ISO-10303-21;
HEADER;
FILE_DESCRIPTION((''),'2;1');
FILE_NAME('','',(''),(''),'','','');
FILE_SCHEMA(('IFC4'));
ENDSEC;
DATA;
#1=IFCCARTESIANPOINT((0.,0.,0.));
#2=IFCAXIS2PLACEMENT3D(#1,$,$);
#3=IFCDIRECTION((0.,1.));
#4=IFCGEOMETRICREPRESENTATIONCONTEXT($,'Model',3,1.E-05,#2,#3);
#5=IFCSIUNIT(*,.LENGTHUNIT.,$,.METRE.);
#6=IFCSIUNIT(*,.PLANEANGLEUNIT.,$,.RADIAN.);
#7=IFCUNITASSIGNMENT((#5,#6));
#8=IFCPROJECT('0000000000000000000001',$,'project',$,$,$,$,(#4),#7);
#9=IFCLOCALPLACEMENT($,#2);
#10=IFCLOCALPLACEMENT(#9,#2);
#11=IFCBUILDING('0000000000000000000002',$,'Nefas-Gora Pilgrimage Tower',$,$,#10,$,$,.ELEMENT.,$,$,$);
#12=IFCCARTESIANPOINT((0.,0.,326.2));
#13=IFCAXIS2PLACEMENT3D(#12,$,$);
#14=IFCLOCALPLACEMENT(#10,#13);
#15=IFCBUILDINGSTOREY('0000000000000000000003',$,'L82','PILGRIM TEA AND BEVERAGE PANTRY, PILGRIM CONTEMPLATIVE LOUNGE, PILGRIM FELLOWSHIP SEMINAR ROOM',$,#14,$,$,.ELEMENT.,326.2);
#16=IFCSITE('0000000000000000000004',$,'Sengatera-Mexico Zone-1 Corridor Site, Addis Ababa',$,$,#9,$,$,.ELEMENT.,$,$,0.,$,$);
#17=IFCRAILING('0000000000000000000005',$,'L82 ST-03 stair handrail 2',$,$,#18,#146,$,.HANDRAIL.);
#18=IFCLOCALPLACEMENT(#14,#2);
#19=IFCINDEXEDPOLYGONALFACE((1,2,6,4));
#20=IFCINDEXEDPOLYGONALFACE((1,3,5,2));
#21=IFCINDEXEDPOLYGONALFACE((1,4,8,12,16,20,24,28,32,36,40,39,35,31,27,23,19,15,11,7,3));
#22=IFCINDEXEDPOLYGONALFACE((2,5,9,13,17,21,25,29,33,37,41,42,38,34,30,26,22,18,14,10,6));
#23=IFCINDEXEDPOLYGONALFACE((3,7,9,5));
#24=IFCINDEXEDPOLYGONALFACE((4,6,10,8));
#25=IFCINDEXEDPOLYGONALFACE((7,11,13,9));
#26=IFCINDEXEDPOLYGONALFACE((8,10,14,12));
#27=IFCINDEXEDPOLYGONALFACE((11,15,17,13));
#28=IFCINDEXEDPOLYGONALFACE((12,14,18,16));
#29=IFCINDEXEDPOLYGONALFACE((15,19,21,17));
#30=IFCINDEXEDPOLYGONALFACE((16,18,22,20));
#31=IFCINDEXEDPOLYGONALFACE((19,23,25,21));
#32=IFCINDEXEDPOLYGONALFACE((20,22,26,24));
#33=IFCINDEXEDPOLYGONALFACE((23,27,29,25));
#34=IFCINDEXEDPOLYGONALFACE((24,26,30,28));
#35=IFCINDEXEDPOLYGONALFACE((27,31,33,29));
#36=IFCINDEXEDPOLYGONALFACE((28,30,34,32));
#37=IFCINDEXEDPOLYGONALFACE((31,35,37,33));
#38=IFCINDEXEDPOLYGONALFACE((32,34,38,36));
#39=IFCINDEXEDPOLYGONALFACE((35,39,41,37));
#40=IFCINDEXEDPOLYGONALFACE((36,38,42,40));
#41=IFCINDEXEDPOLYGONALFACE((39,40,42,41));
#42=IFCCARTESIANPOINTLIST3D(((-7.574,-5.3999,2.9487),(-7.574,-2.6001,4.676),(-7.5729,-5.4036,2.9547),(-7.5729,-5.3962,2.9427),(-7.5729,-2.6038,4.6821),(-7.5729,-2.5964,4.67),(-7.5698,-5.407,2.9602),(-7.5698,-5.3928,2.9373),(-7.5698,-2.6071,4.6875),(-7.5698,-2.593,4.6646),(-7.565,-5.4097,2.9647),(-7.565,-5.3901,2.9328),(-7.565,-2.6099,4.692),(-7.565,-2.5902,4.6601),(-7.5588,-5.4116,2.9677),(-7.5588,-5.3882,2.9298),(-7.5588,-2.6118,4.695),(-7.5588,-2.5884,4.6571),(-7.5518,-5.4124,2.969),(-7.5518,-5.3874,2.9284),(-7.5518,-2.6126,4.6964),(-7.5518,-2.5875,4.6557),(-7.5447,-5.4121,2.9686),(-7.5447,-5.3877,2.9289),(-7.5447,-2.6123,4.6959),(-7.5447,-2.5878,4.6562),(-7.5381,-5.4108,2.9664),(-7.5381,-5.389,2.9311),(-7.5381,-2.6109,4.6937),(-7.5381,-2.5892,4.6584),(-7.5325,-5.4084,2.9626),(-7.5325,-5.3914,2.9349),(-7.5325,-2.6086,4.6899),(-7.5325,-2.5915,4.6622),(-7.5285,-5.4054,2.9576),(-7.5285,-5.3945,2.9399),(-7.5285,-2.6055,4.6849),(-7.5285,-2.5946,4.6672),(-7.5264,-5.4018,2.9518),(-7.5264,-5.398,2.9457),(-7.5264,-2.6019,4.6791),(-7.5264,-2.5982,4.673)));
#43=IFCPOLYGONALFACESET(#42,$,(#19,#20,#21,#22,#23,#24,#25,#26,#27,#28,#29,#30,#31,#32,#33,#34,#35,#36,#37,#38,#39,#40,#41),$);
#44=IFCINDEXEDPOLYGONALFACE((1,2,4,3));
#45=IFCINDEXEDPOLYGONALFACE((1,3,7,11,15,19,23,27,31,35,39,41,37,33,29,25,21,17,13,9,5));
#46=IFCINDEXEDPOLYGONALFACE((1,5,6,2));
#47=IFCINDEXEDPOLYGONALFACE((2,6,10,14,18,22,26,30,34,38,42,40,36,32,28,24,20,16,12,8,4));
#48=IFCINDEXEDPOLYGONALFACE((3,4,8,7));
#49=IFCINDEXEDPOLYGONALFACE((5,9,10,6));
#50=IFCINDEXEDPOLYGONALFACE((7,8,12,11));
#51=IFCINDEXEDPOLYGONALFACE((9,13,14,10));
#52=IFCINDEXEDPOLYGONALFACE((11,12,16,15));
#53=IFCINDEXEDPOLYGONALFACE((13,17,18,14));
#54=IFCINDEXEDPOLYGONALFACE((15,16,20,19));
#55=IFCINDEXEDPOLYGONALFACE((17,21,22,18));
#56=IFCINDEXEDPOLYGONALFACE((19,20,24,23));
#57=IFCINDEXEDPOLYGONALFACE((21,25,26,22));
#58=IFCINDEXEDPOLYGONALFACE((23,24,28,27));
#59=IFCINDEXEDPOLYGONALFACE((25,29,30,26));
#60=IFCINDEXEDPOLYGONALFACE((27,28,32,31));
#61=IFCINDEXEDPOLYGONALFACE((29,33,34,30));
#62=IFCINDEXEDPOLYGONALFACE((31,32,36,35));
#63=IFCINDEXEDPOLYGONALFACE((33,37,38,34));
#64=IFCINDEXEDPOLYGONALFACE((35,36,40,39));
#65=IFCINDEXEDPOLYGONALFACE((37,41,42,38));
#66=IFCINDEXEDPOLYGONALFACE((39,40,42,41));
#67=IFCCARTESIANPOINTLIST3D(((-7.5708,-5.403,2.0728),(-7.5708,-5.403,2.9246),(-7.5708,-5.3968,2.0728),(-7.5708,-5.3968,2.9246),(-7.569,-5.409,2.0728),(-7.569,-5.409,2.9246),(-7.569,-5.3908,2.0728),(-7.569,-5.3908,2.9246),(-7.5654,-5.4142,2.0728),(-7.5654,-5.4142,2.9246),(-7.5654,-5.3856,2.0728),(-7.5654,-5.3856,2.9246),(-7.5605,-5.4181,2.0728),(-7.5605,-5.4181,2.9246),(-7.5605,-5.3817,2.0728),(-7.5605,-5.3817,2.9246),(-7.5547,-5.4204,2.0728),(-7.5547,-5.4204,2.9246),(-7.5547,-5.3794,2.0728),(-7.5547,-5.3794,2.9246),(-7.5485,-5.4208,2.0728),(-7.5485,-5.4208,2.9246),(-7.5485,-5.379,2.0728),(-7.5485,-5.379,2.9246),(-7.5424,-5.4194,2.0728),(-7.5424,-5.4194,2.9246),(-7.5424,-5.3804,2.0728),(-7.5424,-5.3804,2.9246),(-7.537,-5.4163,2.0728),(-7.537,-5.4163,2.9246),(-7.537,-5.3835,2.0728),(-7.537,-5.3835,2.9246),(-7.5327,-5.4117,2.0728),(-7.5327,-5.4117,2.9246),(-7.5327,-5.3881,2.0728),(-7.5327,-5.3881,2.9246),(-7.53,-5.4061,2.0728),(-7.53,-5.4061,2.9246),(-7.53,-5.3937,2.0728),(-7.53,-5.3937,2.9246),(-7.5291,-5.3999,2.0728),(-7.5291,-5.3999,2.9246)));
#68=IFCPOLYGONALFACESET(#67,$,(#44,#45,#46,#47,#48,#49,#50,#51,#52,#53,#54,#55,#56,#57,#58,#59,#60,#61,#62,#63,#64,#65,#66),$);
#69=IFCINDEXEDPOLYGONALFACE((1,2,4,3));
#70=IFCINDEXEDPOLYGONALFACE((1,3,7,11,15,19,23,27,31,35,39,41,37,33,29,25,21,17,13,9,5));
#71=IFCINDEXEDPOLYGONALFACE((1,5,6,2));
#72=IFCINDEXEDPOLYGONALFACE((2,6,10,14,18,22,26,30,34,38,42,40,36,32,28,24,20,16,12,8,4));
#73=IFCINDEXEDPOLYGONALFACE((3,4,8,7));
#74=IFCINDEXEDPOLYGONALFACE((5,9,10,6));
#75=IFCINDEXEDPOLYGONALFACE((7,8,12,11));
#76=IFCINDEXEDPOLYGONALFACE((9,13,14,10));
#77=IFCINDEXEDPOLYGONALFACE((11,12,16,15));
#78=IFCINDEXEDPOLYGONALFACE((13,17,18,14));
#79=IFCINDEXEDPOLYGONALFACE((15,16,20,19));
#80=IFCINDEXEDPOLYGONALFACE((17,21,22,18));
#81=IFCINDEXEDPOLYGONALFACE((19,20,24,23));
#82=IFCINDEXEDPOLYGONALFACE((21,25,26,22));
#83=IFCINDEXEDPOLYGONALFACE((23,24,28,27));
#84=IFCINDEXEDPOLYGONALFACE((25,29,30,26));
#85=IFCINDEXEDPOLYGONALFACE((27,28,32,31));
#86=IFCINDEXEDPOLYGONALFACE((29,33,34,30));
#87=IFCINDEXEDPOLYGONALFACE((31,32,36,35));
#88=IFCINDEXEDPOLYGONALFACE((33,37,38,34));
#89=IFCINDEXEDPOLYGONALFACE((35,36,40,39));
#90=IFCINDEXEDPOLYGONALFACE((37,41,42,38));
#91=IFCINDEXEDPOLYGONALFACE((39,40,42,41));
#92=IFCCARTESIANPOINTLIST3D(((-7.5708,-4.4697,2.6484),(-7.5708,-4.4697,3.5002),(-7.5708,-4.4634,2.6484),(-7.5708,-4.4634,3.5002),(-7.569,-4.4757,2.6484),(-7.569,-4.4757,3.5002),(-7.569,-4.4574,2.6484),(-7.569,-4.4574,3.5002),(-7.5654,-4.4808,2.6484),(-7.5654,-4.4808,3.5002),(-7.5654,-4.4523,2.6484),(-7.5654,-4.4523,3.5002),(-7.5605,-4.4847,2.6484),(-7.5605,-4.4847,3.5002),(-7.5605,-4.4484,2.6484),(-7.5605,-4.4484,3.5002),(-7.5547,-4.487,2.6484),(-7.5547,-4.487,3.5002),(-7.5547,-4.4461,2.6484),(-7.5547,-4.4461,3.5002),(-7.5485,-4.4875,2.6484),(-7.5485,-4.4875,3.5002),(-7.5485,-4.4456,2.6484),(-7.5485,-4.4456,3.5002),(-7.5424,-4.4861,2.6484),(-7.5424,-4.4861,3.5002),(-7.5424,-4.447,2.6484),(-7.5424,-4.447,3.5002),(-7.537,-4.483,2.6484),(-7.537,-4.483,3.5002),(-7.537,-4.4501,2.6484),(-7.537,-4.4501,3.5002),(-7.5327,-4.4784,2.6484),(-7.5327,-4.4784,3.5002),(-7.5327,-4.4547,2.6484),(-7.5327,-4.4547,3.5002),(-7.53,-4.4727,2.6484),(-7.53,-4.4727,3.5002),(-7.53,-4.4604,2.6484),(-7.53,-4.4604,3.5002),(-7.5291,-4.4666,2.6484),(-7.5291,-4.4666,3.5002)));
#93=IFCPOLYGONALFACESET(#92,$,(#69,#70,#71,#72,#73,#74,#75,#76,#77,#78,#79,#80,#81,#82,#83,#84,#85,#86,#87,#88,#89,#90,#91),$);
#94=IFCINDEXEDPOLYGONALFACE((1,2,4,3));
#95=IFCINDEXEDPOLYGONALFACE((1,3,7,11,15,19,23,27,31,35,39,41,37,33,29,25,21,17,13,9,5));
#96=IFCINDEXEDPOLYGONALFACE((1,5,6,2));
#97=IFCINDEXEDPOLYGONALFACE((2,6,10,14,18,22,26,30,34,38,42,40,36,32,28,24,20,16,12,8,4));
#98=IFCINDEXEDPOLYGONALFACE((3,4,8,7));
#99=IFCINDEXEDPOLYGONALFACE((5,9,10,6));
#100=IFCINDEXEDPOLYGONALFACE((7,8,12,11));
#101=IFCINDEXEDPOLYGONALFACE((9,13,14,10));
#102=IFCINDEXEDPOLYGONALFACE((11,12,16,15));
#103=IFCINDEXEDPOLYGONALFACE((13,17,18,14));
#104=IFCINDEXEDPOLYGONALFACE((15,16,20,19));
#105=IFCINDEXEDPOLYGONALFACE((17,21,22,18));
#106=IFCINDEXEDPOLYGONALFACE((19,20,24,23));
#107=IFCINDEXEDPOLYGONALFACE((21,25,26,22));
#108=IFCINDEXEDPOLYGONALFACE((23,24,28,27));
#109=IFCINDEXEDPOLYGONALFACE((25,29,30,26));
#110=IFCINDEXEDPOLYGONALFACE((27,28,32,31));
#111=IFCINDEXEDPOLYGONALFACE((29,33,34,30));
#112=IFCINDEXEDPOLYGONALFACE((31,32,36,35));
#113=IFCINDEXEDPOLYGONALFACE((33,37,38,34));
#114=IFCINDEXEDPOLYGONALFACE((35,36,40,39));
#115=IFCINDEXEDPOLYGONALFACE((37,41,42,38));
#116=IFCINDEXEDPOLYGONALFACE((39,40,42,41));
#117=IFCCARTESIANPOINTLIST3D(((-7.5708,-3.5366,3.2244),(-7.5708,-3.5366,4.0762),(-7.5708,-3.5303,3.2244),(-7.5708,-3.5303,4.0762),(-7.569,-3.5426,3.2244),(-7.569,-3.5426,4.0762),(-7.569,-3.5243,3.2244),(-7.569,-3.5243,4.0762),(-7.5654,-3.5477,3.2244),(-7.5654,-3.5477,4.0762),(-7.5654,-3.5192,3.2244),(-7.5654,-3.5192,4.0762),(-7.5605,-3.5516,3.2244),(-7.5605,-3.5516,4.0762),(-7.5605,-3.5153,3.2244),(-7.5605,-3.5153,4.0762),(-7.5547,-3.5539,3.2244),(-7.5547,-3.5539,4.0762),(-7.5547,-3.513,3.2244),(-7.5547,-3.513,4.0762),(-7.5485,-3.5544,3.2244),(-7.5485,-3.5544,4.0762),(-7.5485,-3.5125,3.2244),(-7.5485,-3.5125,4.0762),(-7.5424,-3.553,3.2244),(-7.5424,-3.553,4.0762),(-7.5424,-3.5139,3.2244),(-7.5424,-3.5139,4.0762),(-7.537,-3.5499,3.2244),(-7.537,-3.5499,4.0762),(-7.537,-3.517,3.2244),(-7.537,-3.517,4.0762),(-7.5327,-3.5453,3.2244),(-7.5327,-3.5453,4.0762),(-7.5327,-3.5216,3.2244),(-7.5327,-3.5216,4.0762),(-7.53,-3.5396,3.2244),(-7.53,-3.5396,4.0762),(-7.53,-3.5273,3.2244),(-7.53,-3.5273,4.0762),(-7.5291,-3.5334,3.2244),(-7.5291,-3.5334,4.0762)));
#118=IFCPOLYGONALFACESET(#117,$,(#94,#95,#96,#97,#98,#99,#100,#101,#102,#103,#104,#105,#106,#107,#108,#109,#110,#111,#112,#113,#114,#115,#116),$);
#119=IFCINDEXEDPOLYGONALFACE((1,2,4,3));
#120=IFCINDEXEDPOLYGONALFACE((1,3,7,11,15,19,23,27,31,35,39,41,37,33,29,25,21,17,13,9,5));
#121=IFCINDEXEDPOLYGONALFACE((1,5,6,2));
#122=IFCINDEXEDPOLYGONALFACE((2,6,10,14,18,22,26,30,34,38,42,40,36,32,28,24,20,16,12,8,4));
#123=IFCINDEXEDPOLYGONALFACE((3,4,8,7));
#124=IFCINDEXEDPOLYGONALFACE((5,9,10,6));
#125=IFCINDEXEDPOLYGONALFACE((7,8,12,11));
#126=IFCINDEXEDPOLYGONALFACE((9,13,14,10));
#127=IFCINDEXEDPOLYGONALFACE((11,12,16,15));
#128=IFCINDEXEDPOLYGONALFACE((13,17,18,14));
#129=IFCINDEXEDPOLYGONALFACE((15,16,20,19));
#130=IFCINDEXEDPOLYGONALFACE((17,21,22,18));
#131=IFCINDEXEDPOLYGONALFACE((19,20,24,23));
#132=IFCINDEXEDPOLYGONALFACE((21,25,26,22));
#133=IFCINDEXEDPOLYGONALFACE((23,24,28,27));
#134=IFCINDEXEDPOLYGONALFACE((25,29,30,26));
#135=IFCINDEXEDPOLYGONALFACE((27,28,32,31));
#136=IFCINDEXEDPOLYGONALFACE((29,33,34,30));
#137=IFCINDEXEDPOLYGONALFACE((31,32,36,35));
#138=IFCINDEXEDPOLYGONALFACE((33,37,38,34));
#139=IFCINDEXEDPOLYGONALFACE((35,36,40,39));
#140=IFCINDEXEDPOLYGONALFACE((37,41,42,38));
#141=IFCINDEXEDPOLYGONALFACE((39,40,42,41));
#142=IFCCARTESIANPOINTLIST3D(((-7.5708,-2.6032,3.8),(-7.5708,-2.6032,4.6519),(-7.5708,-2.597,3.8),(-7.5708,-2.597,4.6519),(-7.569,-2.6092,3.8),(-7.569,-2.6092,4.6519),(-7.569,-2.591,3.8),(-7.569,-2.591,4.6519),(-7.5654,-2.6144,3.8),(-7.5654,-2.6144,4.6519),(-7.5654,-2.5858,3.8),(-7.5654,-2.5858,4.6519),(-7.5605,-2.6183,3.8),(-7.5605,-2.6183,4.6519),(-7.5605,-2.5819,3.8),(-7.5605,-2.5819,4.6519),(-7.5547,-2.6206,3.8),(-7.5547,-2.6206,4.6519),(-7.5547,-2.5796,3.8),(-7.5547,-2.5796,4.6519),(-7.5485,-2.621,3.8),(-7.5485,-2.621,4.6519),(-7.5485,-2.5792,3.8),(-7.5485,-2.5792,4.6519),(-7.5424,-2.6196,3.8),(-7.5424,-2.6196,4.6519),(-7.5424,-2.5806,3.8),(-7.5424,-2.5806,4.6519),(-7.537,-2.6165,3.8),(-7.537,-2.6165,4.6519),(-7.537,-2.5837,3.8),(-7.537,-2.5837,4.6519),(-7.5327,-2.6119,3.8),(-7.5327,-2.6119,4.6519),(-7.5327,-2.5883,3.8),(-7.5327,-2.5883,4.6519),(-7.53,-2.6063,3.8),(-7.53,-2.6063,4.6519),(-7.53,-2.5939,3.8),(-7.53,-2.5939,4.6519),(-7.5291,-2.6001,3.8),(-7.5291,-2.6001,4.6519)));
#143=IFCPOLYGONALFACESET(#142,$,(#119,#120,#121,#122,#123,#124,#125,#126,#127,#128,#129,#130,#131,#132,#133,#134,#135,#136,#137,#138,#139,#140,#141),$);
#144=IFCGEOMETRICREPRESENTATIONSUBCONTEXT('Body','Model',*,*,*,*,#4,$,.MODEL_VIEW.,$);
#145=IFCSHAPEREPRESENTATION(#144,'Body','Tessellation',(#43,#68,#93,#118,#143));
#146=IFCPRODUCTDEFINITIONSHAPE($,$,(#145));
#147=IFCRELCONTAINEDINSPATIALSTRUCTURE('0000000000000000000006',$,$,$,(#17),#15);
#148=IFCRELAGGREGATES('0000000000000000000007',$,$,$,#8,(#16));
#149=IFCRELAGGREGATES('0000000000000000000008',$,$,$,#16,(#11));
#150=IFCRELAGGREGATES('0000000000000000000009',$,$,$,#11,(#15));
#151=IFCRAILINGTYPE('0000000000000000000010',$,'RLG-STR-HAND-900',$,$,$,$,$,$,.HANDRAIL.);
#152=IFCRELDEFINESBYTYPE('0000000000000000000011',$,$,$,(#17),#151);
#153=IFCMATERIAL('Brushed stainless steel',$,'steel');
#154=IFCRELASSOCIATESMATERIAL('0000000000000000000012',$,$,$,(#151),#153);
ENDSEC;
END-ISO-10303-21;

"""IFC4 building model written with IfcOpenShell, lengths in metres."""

from ifc_helpers import new_model, si_unit, direction, frame, origin, origin_2d, place, context, subcontext, project, spatial, circle, extrude, material, type_object, element, save


model = new_model("IFC4")

# Units and contexts
model_context = context("Model", 3, precision=1e-05, world=origin(), true_north=direction((0.0, 1.0)))
body_context = subcontext(model_context, "Body", "Model", "MODEL_VIEW")
ifc_project = project(units=[si_unit("LENGTHUNIT", "METRE"), si_unit("PLANEANGLEUNIT", "RADIAN")], contexts=[model_context])

# Site, building, storey
site_placement = place(None, origin())
site = spatial("IfcSite", under=ifc_project, at=site_placement, Name="Sengatera-Mexico Zone-1 Corridor Site, Addis Ababa", CompositionType="ELEMENT", RefElevation=0.0)
building_placement = place(site_placement, origin())
building = spatial("IfcBuilding", under=site, at=building_placement, Name="Nefas-Gora Pilgrimage Tower", CompositionType="ELEMENT")
storey_placement = place(building_placement, frame((0.0, 0.0, 326.2)))
storey = spatial("IfcBuildingStorey", under=building, at=storey_placement, Name="L82", Description="PILGRIM TEA AND BEVERAGE PANTRY, PILGRIM CONTEMPLATIVE LOUNGE, PILGRIM FELLOWSHIP SEMINAR ROOM", CompositionType="ELEMENT", Elevation=326.2)

# Railing
ifc_material_1 = material(Name="Brushed stainless steel", Category="steel")
railing_type_1 = type_object("IfcRailingType", Name="RLG-STR-HAND-900", PredefinedType="HANDRAIL", material=ifc_material_1)
railing_1_placement = place(storey_placement, frame((-7.55, -5.3999, 2.0728)))
element("IfcRailing", 1, at=railing_1_placement, inside=storey, type_object=railing_type_1, Name="L82 ST-03 stair handrail 2", PredefinedType="HANDRAIL", context=body_context, shape_type="SweptSolid", body=[
    extrude(circle(Radius=0.0239, at=origin_2d()), frame((0.0, 0.0, 0.876), z_axis=(0.0, 0.851069, 0.525054), x_axis=(-1.0, 0.0, 0.0)), (0.0, 0.0, 1.0), 3.2898),
    extrude(circle(Radius=0.021, at=origin_2d()), origin(), (0.0, 0.0, 1.0), 0.8518),
    extrude(circle(Radius=0.021, at=origin_2d()), frame((0.0, 0.9333, 0.5757)), (0.0, 0.0, 1.0), 0.8518),
    extrude(circle(Radius=0.021, at=origin_2d()), frame((0.0, 1.8665, 1.1516)), (0.0, 0.0, 1.0), 0.8518),
    extrude(circle(Radius=0.021, at=origin_2d()), frame((0.0, 2.7998, 1.7273)), (0.0, 0.0, 1.0), 0.8518),
])

save(model, "model.ifc")
